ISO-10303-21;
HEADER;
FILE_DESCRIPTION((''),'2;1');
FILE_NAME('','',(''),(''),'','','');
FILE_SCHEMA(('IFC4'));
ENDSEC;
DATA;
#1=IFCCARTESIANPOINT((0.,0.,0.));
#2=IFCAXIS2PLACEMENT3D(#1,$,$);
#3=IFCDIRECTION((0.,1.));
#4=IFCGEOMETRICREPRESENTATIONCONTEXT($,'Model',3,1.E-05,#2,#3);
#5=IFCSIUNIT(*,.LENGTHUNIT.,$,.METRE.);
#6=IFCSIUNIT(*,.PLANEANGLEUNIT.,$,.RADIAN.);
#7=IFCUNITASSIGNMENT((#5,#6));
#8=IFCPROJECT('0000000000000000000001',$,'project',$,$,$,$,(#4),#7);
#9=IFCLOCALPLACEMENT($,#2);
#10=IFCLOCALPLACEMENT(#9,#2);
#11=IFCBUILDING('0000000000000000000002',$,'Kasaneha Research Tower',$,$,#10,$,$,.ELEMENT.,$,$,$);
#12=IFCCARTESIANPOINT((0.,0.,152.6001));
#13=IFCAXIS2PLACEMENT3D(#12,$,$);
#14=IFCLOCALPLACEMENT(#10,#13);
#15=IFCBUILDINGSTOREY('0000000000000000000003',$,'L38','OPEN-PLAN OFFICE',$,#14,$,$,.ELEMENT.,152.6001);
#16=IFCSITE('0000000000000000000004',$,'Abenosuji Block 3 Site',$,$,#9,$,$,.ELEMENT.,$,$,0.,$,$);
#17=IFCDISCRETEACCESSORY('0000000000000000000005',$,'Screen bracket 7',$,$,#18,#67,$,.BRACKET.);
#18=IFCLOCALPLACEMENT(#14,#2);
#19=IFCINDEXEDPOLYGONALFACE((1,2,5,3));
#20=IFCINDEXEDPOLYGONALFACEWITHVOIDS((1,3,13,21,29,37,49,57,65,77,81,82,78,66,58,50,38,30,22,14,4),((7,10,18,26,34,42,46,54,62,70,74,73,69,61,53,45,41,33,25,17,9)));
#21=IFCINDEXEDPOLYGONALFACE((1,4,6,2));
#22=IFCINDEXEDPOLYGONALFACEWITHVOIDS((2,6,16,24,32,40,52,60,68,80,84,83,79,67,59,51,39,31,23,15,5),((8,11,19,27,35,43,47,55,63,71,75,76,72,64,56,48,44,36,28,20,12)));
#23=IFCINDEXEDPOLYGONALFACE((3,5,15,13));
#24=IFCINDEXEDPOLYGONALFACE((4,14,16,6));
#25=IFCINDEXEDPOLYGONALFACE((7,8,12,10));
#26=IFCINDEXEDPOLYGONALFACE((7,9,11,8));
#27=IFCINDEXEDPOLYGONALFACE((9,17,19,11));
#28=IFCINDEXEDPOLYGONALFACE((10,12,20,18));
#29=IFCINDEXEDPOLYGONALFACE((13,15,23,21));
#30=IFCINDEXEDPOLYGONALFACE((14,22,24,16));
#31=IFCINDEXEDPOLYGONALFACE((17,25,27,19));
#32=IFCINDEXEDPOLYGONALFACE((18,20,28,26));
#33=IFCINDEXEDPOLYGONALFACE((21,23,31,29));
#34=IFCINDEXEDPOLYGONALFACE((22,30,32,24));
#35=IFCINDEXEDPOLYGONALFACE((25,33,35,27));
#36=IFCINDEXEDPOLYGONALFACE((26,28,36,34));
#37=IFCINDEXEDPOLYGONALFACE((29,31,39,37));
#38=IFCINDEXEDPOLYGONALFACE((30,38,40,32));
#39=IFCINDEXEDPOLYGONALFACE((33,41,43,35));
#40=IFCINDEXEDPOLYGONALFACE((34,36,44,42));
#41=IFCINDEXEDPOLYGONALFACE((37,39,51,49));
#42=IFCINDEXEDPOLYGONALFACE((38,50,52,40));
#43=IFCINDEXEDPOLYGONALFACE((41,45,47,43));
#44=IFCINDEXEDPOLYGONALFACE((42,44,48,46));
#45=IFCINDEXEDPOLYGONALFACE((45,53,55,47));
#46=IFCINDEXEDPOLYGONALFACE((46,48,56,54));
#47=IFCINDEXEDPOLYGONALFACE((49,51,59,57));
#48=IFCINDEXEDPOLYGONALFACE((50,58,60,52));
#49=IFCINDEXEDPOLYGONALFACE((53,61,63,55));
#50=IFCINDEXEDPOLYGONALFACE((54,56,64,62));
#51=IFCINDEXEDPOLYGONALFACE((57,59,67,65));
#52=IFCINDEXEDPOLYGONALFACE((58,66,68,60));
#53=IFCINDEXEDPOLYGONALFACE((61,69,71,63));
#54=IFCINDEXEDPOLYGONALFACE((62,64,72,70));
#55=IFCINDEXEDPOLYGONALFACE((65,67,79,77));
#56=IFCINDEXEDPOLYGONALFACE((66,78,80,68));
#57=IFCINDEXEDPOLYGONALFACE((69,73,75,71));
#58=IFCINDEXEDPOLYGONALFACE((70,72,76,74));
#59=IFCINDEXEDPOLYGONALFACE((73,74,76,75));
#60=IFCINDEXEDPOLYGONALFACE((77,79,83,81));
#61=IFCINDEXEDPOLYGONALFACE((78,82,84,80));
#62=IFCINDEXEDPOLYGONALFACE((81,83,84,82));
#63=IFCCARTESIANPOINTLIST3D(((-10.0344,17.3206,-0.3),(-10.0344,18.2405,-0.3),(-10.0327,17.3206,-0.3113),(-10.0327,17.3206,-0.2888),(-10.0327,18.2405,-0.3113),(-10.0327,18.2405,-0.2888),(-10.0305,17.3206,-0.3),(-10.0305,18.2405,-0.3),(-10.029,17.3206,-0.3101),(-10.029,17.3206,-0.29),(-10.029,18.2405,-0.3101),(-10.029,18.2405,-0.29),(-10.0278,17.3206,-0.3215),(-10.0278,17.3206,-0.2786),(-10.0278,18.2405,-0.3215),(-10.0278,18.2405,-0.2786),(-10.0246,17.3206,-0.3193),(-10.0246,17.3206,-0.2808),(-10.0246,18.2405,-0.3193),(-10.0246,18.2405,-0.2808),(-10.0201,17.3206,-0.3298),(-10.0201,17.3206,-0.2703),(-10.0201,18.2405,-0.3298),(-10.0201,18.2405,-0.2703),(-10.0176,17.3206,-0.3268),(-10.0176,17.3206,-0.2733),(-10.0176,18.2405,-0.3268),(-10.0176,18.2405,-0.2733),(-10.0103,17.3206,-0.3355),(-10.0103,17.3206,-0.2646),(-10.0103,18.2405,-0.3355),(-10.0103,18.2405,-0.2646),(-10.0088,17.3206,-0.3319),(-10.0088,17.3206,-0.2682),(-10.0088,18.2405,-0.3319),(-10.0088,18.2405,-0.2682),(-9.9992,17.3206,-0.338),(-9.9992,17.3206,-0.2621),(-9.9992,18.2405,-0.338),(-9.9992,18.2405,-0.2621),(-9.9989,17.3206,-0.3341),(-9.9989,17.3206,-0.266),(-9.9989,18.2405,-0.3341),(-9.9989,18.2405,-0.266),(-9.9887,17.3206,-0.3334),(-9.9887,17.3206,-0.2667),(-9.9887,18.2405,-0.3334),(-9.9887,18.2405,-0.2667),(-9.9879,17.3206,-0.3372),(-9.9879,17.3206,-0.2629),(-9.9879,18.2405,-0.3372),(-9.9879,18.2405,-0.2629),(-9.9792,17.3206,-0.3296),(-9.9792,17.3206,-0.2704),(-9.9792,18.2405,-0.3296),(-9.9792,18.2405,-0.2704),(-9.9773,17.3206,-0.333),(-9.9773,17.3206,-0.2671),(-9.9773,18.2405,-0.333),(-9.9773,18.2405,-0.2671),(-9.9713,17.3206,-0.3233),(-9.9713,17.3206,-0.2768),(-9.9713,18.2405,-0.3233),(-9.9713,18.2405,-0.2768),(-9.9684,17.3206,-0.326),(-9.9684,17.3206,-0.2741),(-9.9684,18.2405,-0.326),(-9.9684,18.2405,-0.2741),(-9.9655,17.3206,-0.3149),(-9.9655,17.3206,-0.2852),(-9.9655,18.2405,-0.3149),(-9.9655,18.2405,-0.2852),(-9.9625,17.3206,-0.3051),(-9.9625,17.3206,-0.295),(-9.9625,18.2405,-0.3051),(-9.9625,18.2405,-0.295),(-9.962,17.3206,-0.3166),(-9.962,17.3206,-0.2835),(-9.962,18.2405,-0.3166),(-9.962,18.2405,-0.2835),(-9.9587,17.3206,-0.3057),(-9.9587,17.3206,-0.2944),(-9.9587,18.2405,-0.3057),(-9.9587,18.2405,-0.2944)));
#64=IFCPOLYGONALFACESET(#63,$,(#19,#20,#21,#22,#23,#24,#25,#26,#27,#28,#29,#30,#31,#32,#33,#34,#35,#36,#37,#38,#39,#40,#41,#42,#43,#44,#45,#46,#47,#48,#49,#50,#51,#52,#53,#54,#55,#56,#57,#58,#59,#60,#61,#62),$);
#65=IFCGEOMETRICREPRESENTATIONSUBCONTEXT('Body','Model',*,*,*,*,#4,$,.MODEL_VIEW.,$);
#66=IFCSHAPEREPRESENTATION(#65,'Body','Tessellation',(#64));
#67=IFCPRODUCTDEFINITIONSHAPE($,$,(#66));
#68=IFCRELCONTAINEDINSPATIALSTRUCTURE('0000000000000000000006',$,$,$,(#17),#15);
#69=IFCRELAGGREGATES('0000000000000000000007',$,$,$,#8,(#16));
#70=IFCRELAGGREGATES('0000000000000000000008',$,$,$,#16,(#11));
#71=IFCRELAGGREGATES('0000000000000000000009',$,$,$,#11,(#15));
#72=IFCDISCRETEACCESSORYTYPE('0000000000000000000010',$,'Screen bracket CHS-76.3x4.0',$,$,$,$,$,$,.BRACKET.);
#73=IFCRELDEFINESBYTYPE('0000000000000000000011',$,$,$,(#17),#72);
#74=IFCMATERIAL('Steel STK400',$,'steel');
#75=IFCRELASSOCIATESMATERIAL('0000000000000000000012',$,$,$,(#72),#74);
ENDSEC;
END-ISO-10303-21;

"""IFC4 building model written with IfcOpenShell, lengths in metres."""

from ifc_helpers import new_model, si_unit, direction, frame, origin, origin_2d, place, context, subcontext, project, spatial, hollow_circle, extrude, material, material_profile, profile_set, type_object, element, save


model = new_model("IFC4")

# Units and contexts
model_context = context("Model", 3, precision=1e-05, world=origin(), true_north=direction((0.0, 1.0)))
body_context = subcontext(model_context, "Body", "Model", "MODEL_VIEW")
ifc_project = project(units=[si_unit("LENGTHUNIT", "METRE"), si_unit("PLANEANGLEUNIT", "RADIAN")], contexts=[model_context])

# Site, building, storey
site_placement = place(None, origin())
site = spatial("IfcSite", under=ifc_project, at=site_placement, Name="Abenosuji Block 3 Site", CompositionType="ELEMENT", RefElevation=0.0)
building_placement = place(site_placement, origin())
building = spatial("IfcBuilding", under=site, at=building_placement, Name="Kasaneha Research Tower", CompositionType="ELEMENT")
storey_placement = place(building_placement, frame((0.0, 0.0, 152.6001)))
storey = spatial("IfcBuildingStorey", under=building, at=storey_placement, Name="L38", Description="OPEN-PLAN OFFICE", CompositionType="ELEMENT", Elevation=152.6001)

# Discrete accessory
ifc_material_1 = material(Name="Steel STK400", Category="steel")
ifc_material_profile_1 = material_profile(ifc_material_1, hollow_circle(Radius=0.0381, WallThickness=0.0039, at=origin_2d()), Name="CHS-76.3x4.0")
ifc_profile_set_1 = profile_set([ifc_material_profile_1], Name="Steel STK400")
discrete_accessory_type = type_object("IfcDiscreteAccessoryType", Name="Screen bracket CHS-76.3x4.0", PredefinedType="BRACKET", material=ifc_profile_set_1)
for number, where, z_axis, x_axis, name in (
    (1, (-9.9963, 17.3206, -0.3), (0.0, 1.0, 0.0), (-1.0, 0.0, 0.0), "Screen bracket 7"),
):
    element("IfcDiscreteAccessory", number, at=place(storey_placement, frame(where, z_axis=z_axis, x_axis=x_axis)), inside=storey, type_object=discrete_accessory_type, Name=name, PredefinedType="BRACKET", context=body_context, shape_type="SweptSolid", body=[
        extrude(hollow_circle(Radius=0.0381, WallThickness=0.0039, at=origin_2d()), origin(), (0.0, 0.0, 1.0), 0.9199),
    ])

save(model, "model.ifc")
